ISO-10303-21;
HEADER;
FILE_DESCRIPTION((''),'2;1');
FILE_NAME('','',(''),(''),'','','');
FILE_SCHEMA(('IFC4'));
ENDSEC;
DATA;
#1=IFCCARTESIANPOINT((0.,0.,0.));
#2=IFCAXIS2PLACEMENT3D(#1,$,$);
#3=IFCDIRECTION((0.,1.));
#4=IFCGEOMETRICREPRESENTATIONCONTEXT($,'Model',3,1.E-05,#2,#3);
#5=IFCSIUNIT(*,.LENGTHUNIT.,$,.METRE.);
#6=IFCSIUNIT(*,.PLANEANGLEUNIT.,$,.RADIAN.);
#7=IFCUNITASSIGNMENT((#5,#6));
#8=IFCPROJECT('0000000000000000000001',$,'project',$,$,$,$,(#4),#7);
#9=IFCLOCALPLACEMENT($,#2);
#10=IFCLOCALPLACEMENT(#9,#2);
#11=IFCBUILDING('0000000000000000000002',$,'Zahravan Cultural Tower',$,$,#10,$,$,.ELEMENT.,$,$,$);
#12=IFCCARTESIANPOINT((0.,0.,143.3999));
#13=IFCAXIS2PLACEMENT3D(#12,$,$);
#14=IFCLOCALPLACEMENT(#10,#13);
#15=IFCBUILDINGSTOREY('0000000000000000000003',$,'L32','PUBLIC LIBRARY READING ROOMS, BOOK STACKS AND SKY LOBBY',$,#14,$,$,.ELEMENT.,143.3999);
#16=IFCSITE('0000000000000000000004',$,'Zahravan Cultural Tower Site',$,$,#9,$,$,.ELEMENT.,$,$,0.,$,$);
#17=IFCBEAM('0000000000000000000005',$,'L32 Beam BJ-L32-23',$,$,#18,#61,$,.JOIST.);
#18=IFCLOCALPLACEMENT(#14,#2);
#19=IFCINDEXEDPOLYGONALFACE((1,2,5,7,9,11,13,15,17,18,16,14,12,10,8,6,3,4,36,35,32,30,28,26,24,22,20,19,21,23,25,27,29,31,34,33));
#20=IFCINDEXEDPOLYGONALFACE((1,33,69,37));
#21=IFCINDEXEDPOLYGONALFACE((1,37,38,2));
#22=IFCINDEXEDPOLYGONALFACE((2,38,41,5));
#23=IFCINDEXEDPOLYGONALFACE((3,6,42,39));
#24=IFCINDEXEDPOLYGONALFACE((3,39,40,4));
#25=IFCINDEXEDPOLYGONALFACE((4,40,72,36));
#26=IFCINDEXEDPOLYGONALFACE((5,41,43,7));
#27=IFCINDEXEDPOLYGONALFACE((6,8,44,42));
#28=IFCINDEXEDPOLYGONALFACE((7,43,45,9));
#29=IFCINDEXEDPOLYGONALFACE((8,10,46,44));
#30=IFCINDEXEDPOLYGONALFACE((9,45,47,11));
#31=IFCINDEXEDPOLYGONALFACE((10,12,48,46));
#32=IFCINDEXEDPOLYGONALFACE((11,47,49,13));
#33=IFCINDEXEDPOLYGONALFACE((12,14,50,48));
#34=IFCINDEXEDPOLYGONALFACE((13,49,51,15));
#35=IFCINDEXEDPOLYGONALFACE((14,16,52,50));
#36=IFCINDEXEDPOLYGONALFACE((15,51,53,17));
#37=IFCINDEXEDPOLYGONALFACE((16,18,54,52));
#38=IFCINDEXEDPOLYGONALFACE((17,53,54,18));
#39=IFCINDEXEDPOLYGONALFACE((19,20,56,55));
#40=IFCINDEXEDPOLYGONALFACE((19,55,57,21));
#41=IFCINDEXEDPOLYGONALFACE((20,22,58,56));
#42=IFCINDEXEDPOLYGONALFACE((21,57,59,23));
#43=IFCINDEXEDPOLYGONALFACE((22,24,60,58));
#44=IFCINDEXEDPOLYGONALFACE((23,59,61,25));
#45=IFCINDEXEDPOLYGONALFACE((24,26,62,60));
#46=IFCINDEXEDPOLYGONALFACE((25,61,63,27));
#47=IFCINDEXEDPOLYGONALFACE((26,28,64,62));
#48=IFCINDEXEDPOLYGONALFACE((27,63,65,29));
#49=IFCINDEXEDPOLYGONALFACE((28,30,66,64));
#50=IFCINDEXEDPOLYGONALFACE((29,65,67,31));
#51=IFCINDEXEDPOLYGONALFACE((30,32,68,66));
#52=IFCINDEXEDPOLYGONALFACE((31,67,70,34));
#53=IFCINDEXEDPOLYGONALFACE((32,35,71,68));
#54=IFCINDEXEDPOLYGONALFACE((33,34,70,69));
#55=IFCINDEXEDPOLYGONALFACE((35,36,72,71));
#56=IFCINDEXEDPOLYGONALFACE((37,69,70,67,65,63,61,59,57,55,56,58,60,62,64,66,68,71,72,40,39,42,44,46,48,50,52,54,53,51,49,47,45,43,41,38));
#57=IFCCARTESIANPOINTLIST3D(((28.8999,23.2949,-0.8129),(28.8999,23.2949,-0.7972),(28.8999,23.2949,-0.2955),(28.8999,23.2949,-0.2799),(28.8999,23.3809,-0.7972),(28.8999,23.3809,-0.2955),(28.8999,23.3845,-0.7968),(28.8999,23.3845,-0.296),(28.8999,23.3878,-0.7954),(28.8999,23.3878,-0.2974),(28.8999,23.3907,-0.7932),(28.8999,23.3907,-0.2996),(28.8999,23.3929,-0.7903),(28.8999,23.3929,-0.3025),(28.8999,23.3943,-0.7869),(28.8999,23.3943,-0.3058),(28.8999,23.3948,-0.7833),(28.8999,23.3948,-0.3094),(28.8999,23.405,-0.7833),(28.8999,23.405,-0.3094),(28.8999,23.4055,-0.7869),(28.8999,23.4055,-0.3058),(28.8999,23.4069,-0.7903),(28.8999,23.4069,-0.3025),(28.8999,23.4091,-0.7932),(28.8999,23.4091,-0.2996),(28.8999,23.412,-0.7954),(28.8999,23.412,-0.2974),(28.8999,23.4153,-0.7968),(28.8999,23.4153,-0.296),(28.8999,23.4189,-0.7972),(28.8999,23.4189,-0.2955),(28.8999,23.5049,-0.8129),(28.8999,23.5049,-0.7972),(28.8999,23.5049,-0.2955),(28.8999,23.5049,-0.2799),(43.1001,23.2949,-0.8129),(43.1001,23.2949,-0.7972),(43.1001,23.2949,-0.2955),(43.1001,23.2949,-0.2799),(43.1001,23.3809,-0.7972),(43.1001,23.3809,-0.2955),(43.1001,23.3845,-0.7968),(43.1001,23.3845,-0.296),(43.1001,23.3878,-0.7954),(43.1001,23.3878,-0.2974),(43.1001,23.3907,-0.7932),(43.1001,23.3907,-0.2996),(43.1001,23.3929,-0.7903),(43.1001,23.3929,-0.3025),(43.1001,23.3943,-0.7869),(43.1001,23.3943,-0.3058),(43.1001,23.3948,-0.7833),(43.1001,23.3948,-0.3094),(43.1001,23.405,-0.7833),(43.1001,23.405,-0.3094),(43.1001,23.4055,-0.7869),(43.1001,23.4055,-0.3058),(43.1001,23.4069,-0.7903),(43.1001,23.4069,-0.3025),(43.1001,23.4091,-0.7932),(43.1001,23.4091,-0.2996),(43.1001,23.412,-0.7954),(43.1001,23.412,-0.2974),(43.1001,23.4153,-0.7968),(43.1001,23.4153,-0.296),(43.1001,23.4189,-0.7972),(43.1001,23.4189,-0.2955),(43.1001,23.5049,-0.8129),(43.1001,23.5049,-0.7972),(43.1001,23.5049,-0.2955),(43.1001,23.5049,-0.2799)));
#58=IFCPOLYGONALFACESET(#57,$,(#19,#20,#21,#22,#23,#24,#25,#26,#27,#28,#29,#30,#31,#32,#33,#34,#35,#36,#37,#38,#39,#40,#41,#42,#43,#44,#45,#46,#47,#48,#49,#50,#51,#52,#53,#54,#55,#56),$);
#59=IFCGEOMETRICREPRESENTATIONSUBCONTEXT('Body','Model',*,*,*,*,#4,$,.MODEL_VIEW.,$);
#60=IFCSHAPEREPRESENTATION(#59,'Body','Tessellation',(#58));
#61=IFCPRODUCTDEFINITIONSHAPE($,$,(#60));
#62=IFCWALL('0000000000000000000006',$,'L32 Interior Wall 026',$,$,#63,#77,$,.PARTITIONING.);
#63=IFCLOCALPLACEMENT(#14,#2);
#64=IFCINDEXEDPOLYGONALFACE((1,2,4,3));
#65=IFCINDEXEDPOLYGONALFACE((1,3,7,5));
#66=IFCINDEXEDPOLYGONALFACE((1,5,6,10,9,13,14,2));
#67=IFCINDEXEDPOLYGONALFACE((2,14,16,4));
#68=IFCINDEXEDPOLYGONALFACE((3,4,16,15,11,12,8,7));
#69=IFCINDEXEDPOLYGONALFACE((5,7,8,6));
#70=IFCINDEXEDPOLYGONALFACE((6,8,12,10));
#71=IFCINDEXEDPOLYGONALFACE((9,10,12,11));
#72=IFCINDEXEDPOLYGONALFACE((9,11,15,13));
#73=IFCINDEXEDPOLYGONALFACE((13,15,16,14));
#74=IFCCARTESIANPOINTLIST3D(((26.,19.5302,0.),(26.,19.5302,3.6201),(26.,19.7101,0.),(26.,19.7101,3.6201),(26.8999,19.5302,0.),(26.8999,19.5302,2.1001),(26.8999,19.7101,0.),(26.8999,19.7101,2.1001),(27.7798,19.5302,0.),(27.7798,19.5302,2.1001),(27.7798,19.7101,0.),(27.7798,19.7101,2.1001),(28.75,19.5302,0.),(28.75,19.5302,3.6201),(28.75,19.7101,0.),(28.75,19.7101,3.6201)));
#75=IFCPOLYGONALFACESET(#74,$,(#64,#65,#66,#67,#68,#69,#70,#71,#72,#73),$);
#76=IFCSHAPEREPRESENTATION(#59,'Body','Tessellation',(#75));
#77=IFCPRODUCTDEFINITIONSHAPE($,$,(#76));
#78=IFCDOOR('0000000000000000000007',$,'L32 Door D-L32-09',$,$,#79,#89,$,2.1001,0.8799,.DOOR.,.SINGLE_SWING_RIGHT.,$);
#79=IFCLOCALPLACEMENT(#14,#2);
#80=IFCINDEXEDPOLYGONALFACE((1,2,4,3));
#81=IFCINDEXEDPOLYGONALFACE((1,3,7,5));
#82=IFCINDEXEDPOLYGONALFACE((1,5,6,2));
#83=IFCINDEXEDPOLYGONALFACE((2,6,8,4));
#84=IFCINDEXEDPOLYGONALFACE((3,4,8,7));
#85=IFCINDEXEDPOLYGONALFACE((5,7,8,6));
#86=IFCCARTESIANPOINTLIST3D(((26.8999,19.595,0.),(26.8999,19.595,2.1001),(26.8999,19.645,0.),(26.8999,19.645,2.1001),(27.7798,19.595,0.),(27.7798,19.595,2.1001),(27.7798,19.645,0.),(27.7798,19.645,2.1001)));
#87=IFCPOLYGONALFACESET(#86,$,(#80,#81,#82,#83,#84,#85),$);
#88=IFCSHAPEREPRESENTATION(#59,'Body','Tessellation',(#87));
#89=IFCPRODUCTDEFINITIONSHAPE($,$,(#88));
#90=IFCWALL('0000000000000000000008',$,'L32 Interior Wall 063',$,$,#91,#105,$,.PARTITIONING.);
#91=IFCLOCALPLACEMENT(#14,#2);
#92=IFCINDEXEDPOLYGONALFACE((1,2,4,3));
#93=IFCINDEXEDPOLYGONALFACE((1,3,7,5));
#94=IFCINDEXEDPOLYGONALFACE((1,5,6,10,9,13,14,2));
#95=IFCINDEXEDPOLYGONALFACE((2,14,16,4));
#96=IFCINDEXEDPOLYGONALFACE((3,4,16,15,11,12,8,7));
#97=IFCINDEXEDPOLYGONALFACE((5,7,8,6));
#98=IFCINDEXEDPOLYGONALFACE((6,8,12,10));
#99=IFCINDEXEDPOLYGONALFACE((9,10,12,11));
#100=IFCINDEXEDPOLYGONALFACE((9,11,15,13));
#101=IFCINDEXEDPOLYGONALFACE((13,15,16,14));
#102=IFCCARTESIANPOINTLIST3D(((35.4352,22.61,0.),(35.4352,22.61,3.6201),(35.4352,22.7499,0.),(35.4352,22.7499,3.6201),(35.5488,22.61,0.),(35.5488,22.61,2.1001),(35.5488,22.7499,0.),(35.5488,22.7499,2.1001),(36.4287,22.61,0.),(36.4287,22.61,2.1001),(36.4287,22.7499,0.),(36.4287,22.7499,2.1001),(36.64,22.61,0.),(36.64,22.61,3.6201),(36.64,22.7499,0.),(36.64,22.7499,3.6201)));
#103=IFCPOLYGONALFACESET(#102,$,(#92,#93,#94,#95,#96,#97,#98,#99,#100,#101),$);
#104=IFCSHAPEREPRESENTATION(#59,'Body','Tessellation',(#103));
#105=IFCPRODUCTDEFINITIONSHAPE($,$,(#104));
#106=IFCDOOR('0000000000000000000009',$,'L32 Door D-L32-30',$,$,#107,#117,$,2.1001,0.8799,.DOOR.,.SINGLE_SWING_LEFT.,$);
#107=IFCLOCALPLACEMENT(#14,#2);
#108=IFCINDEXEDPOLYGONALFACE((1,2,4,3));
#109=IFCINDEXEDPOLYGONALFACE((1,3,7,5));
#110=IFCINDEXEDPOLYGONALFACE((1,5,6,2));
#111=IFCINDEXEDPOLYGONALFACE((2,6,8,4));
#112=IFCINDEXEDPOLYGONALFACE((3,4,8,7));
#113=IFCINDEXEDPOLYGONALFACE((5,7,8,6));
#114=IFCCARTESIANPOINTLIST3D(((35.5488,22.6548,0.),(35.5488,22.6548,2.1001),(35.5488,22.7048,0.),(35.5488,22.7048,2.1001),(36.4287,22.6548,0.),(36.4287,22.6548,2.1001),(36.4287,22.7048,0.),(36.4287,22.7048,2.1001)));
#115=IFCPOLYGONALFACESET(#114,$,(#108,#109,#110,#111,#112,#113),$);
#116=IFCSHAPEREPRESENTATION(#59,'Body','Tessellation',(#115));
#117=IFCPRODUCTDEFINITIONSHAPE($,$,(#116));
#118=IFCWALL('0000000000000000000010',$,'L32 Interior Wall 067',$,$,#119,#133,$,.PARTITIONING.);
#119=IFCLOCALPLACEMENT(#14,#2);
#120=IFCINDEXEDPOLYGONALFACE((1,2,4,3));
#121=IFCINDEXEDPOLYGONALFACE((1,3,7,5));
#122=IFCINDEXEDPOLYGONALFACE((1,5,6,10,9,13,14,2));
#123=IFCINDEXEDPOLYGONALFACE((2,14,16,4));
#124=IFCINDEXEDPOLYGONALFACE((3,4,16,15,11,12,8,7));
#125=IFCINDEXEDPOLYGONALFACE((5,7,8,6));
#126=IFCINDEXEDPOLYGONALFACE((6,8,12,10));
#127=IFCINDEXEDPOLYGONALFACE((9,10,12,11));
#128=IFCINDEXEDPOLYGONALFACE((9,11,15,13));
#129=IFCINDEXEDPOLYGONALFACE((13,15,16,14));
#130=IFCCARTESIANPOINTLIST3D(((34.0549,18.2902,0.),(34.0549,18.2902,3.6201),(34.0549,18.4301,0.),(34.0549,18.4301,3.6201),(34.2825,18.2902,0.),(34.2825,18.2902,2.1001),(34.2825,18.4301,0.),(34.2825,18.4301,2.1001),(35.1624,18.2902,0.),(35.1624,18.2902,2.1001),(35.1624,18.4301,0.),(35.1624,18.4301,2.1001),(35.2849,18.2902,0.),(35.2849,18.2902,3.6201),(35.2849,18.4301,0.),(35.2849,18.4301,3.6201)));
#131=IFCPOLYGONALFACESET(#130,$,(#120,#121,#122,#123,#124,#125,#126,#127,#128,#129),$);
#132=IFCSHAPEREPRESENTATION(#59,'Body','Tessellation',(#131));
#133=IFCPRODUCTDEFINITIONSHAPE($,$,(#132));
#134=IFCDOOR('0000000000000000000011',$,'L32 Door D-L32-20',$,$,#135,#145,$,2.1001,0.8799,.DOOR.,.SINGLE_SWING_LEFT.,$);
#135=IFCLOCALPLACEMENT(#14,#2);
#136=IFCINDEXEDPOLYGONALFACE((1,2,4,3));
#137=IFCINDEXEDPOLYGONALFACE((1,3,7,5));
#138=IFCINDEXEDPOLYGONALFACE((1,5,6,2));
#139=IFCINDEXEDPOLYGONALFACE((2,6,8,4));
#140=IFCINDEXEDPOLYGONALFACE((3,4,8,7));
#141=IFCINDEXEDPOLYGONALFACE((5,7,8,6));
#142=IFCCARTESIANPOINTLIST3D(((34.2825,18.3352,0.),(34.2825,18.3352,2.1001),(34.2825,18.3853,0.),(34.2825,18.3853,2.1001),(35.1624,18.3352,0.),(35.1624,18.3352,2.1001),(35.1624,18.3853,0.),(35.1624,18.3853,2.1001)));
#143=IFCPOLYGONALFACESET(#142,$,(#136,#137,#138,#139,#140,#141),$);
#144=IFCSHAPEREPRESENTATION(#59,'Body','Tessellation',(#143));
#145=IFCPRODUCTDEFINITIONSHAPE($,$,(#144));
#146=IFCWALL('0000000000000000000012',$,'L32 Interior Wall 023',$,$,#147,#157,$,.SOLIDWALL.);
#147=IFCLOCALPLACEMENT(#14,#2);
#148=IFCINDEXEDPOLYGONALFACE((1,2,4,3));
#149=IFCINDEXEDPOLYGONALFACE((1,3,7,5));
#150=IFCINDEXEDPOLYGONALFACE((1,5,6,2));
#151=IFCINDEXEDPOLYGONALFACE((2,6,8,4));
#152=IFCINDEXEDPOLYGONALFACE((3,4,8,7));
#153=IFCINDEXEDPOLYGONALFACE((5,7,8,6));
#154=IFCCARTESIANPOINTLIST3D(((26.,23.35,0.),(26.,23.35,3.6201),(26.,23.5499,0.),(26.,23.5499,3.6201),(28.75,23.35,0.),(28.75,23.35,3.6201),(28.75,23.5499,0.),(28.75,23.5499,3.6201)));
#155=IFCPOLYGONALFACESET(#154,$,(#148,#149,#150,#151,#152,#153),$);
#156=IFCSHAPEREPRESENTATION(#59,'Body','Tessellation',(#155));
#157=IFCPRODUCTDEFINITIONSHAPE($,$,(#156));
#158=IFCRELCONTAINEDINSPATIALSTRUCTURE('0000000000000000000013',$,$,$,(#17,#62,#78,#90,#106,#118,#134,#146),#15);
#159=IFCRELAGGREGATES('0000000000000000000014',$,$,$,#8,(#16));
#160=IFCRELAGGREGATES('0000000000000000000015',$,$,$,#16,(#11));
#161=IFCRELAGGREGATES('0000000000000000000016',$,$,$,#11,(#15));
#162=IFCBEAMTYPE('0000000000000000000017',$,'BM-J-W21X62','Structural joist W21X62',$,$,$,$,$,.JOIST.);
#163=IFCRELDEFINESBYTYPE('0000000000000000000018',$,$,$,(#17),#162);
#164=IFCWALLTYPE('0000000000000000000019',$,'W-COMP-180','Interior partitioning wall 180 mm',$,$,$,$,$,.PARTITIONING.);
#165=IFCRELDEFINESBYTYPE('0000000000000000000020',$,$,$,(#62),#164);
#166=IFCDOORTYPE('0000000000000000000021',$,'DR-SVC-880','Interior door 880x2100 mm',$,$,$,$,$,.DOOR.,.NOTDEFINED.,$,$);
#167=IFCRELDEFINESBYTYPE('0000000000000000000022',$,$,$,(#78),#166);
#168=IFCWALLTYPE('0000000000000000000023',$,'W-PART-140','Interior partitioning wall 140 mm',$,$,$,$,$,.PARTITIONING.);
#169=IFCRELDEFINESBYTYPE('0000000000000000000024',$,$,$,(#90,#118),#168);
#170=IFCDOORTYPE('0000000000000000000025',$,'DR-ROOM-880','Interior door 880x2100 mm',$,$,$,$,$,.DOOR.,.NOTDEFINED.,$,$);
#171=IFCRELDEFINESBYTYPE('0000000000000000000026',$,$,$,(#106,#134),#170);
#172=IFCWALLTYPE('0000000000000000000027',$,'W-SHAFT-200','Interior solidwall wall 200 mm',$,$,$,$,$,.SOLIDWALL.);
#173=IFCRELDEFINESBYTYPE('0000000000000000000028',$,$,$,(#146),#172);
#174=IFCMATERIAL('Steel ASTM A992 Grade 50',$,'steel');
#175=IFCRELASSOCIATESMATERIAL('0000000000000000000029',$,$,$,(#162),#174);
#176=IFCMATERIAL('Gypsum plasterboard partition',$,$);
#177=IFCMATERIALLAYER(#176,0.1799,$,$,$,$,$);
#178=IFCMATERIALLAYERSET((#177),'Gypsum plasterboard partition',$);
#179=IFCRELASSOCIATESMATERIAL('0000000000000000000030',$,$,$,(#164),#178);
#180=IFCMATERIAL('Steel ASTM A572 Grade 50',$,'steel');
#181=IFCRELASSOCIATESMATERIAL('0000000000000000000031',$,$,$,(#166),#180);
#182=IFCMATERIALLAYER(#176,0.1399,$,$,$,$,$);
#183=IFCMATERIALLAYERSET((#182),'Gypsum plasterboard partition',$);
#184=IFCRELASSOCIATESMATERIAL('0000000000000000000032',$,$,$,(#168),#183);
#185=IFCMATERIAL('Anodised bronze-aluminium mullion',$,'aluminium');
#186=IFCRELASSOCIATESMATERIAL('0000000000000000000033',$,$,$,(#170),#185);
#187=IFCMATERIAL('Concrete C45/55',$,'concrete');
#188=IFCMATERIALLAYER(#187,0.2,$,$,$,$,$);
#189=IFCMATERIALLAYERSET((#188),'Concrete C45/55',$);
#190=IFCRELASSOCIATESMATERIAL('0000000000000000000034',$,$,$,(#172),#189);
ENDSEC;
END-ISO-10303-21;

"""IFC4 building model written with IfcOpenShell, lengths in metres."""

from ifc_helpers import new_model, si_unit, direction, frame, frame_2d, origin, origin_2d, place, context, subcontext, project, spatial, rectangle, i_section, extrude, source, transform, mapped, material, layer, layer_set, material_profile, profile_set, type_object, element, fill, save


model = new_model("IFC4")

# Units and contexts
model_context = context("Model", 3, precision=1e-05, world=origin(), true_north=direction((0.0, 1.0)))
body_context = subcontext(model_context, "Body", "Model", "MODEL_VIEW")
ifc_project = project(units=[si_unit("LENGTHUNIT", "METRE"), si_unit("PLANEANGLEUNIT", "RADIAN")], contexts=[model_context])

# Site, building, storey
site_placement = place(None, origin())
site = spatial("IfcSite", under=ifc_project, at=site_placement, Name="Zahravan Cultural Tower Site", CompositionType="ELEMENT", RefElevation=0.0)
building_placement = place(site_placement, origin())
building = spatial("IfcBuilding", under=site, at=building_placement, Name="Zahravan Cultural Tower", CompositionType="ELEMENT")
storey_placement = place(building_placement, frame((0.0, 0.0, 143.3999)))
storey = spatial("IfcBuildingStorey", under=building, at=storey_placement, Name="L32", Description="PUBLIC LIBRARY READING ROOMS, BOOK STACKS AND SKY LOBBY", CompositionType="ELEMENT", Elevation=143.3999)

# Beam
ifc_material_1 = material(Name="Steel ASTM A992 Grade 50", Category="steel")
ifc_material_profile = material_profile(ifc_material_1, i_section(OverallWidth=0.21, OverallDepth=0.533, WebThickness=0.0103, FlangeThickness=0.0156, FilletRadius=0.0139, at=origin_2d()), Name="W21X62")
ifc_profile_set = profile_set([ifc_material_profile], Name="Steel ASTM A992 Grade 50")
beam_type = type_object("IfcBeamType", Name="BM-J-W21X62", Description="Structural joist W21X62", PredefinedType="JOIST", material=ifc_profile_set)
shared_shape_1 = source(origin(), body_context, "Body", "SweptSolid", [
    extrude(i_section(OverallWidth=0.21, OverallDepth=0.533, WebThickness=0.0103, FlangeThickness=0.0156, FilletRadius=0.0139, at=origin_2d()), origin(), (0.0, 0.0, 1.0), 14.2002),
])
beam_placement = place(storey_placement, frame((28.8999, 23.3999, -0.5464), z_axis=(1.0, 0.0, 0.0), x_axis=(0.0, 1.0, 0.0)))
element("IfcBeam", 1, at=beam_placement, inside=storey, type_object=beam_type, Name="L32 Beam BJ-L32-23", PredefinedType="JOIST", context=body_context, shape_type="MappedRepresentation", body=[
    mapped(shared_shape_1, transform((0.0, 0.0, 0.0), x_axis=(1.0, 0.0, 0.0), y_axis=(0.0, 1.0, 0.0), z_axis=(0.0, 0.0, 1.0), scale=1.0)),
])

# Walls, openings, doors
ifc_material_2 = material(Name="Gypsum plasterboard partition")
ifc_layer_1 = layer(ifc_material_2, 0.1799)
ifc_layer_set_1 = layer_set([ifc_layer_1], Name="Gypsum plasterboard partition")
wall_type_1 = type_object("IfcWallType", Name="W-COMP-180", Description="Interior partitioning wall 180 mm", PredefinedType="PARTITIONING", material=ifc_layer_set_1)
wall_1_placement = place(storey_placement, frame((26.0, 19.6201, 0.0), z_axis=(0.0, 0.0, 1.0), x_axis=(1.0, 0.0, 0.0)))
wall_1 = element("IfcWall", 2, at=wall_1_placement, inside=storey, type_object=wall_type_1, Name="L32 Interior Wall 026", PredefinedType="PARTITIONING", context=body_context, shape_type="SweptSolid", body=[
    extrude(rectangle(XDim=2.75, YDim=0.1799, at=frame_2d((1.375, 0.0))), origin(), (0.0, 0.0, 1.0), 3.6201),
])
opening_1_placement = place(wall_1_placement, frame((0.8999, 0.0, 0.0)))
opening_1 = element("IfcOpeningElement", 3, at=opening_1_placement, cuts=wall_1, PredefinedType="OPENING", context=body_context, shape_type="SweptSolid", body=[
    extrude(rectangle(XDim=0.8799, YDim=2.1001, at=frame_2d((0.4399, 1.05))), frame((0.0, 0.0999, 0.0), z_axis=(0.0, -1.0, 0.0), x_axis=(1.0, 0.0, 0.0)), (0.0, 0.0, 1.0), 0.2),
])
ifc_material_3 = material(Name="Steel ASTM A572 Grade 50", Category="steel")
door_type_1 = type_object("IfcDoorType", Name="DR-SVC-880", Description="Interior door 880x2100 mm", OperationType="NOTDEFINED", PredefinedType="DOOR", material=ifc_material_3)
shared_shape_2 = source(origin(), body_context, "Body", "SweptSolid", [
    extrude(rectangle(XDim=0.8799, YDim=2.1001, at=frame_2d((0.4399, 1.05))), frame((0.0, 0.0249, 0.0), z_axis=(0.0, -1.0, 0.0), x_axis=(1.0, 0.0, 0.0)), (0.0, 0.0, 1.0), 0.05),
])
door_1_placement = place(opening_1_placement, origin())
door_1 = element("IfcDoor", 4, at=door_1_placement, inside=storey, type_object=door_type_1, Name="L32 Door D-L32-09", OperationType="SINGLE_SWING_RIGHT", OverallHeight=2.1001, OverallWidth=0.8799, PredefinedType="DOOR", context=body_context, shape_type="MappedRepresentation", body=[
    mapped(shared_shape_2, transform((0.0, 0.0, 0.0), x_axis=(1.0, 0.0, 0.0), y_axis=(0.0, 1.0, 0.0), z_axis=(0.0, 0.0, 1.0), scale=1.0)),
])
fill(opening_1, door_1)
ifc_layer_2 = layer(ifc_material_2, 0.1399)
ifc_layer_set_2 = layer_set([ifc_layer_2], Name="Gypsum plasterboard partition")
wall_type_2 = type_object("IfcWallType", Name="W-PART-140", Description="Interior partitioning wall 140 mm", PredefinedType="PARTITIONING", material=ifc_layer_set_2)
wall_2_placement = place(storey_placement, frame((35.4351, 22.6799, 0.0), z_axis=(0.0, 0.0, 1.0), x_axis=(1.0, 0.0, 0.0)))
wall_2 = element("IfcWall", 5, at=wall_2_placement, inside=storey, type_object=wall_type_2, Name="L32 Interior Wall 063", PredefinedType="PARTITIONING", context=body_context, shape_type="SweptSolid", body=[
    extrude(rectangle(XDim=1.2048, YDim=0.1399, at=frame_2d((0.6025, 0.0))), origin(), (0.0, 0.0, 1.0), 3.6201),
])
opening_2_placement = place(wall_2_placement, frame((0.1138, 0.0, 0.0)))
opening_2 = element("IfcOpeningElement", 6, at=opening_2_placement, cuts=wall_2, PredefinedType="OPENING", context=body_context, shape_type="SweptSolid", body=[
    extrude(rectangle(XDim=0.8799, YDim=2.1001, at=frame_2d((0.4399, 1.05))), frame((0.0, 0.0798, 0.0), z_axis=(0.0, -1.0, 0.0), x_axis=(1.0, 0.0, 0.0)), (0.0, 0.0, 1.0), 0.1599),
])
ifc_material_4 = material(Name="Anodised bronze-aluminium mullion", Category="aluminium")
door_type_2 = type_object("IfcDoorType", Name="DR-ROOM-880", Description="Interior door 880x2100 mm", OperationType="NOTDEFINED", PredefinedType="DOOR", material=ifc_material_4)
door_2_placement = place(opening_2_placement, origin())
door_2 = element("IfcDoor", 7, at=door_2_placement, inside=storey, type_object=door_type_2, Name="L32 Door D-L32-30", OperationType="SINGLE_SWING_LEFT", OverallHeight=2.1001, OverallWidth=0.8799, PredefinedType="DOOR", context=body_context, shape_type="MappedRepresentation", body=[
    mapped(shared_shape_2, transform((0.0, 0.0, 0.0), x_axis=(1.0, 0.0, 0.0), y_axis=(0.0, 1.0, 0.0), z_axis=(0.0, 0.0, 1.0), scale=1.0)),
])
fill(opening_2, door_2)
wall_3_placement = place(storey_placement, frame((35.2849, 18.3601, 0.0), z_axis=(0.0, 0.0, 1.0), x_axis=(-1.0, 0.0, 0.0)))
wall_3 = element("IfcWall", 8, at=wall_3_placement, inside=storey, type_object=wall_type_2, Name="L32 Interior Wall 067", PredefinedType="PARTITIONING", context=body_context, shape_type="SweptSolid", body=[
    extrude(rectangle(XDim=1.23, YDim=0.1399, at=frame_2d((0.615, 0.0))), origin(), (0.0, 0.0, 1.0), 3.6201),
])
opening_3_placement = place(wall_3_placement, frame((0.1226, 0.0, 0.0)))
opening_3 = element("IfcOpeningElement", 9, at=opening_3_placement, cuts=wall_3, PredefinedType="OPENING", context=body_context, shape_type="SweptSolid", body=[
    extrude(rectangle(XDim=0.8799, YDim=2.1001, at=frame_2d((0.4399, 1.05))), frame((0.0, 0.0798, 0.0), z_axis=(0.0, -1.0, 0.0), x_axis=(1.0, 0.0, 0.0)), (0.0, 0.0, 1.0), 0.1599),
])
door_3_placement = place(opening_3_placement, origin())
door_3 = element("IfcDoor", 10, at=door_3_placement, inside=storey, type_object=door_type_2, Name="L32 Door D-L32-20", OperationType="SINGLE_SWING_LEFT", OverallHeight=2.1001, OverallWidth=0.8799, PredefinedType="DOOR", context=body_context, shape_type="MappedRepresentation", body=[
    mapped(shared_shape_2, transform((0.0, 0.0, 0.0), x_axis=(1.0, 0.0, 0.0), y_axis=(0.0, 1.0, 0.0), z_axis=(0.0, 0.0, 1.0), scale=1.0)),
])
fill(opening_3, door_3)
ifc_material_5 = material(Name="Concrete C45/55", Category="concrete")
ifc_layer_3 = layer(ifc_material_5, 0.2)
ifc_layer_set_3 = layer_set([ifc_layer_3], Name="Concrete C45/55")
wall_type_3 = type_object("IfcWallType", Name="W-SHAFT-200", Description="Interior solidwall wall 200 mm", PredefinedType="SOLIDWALL", material=ifc_layer_set_3)

# Wall
shared_shape_3 = source(origin(), body_context, "Body", "SweptSolid", [
    extrude(rectangle(XDim=2.75, YDim=0.2, at=frame_2d((1.375, 0.0))), origin(), (0.0, 0.0, 1.0), 3.6201),
])
wall_4_placement = place(storey_placement, frame((26.0, 23.45, 0.0), z_axis=(0.0, 0.0, 1.0), x_axis=(1.0, 0.0, 0.0)))
element("IfcWall", 11, at=wall_4_placement, inside=storey, type_object=wall_type_3, Name="L32 Interior Wall 023", PredefinedType="SOLIDWALL", context=body_context, shape_type="MappedRepresentation", body=[
    mapped(shared_shape_3, transform((0.0, 0.0, 0.0), x_axis=(1.0, 0.0, 0.0), y_axis=(0.0, 1.0, 0.0), z_axis=(0.0, 0.0, 1.0), scale=1.0)),
])

save(model, "model.ifc")
